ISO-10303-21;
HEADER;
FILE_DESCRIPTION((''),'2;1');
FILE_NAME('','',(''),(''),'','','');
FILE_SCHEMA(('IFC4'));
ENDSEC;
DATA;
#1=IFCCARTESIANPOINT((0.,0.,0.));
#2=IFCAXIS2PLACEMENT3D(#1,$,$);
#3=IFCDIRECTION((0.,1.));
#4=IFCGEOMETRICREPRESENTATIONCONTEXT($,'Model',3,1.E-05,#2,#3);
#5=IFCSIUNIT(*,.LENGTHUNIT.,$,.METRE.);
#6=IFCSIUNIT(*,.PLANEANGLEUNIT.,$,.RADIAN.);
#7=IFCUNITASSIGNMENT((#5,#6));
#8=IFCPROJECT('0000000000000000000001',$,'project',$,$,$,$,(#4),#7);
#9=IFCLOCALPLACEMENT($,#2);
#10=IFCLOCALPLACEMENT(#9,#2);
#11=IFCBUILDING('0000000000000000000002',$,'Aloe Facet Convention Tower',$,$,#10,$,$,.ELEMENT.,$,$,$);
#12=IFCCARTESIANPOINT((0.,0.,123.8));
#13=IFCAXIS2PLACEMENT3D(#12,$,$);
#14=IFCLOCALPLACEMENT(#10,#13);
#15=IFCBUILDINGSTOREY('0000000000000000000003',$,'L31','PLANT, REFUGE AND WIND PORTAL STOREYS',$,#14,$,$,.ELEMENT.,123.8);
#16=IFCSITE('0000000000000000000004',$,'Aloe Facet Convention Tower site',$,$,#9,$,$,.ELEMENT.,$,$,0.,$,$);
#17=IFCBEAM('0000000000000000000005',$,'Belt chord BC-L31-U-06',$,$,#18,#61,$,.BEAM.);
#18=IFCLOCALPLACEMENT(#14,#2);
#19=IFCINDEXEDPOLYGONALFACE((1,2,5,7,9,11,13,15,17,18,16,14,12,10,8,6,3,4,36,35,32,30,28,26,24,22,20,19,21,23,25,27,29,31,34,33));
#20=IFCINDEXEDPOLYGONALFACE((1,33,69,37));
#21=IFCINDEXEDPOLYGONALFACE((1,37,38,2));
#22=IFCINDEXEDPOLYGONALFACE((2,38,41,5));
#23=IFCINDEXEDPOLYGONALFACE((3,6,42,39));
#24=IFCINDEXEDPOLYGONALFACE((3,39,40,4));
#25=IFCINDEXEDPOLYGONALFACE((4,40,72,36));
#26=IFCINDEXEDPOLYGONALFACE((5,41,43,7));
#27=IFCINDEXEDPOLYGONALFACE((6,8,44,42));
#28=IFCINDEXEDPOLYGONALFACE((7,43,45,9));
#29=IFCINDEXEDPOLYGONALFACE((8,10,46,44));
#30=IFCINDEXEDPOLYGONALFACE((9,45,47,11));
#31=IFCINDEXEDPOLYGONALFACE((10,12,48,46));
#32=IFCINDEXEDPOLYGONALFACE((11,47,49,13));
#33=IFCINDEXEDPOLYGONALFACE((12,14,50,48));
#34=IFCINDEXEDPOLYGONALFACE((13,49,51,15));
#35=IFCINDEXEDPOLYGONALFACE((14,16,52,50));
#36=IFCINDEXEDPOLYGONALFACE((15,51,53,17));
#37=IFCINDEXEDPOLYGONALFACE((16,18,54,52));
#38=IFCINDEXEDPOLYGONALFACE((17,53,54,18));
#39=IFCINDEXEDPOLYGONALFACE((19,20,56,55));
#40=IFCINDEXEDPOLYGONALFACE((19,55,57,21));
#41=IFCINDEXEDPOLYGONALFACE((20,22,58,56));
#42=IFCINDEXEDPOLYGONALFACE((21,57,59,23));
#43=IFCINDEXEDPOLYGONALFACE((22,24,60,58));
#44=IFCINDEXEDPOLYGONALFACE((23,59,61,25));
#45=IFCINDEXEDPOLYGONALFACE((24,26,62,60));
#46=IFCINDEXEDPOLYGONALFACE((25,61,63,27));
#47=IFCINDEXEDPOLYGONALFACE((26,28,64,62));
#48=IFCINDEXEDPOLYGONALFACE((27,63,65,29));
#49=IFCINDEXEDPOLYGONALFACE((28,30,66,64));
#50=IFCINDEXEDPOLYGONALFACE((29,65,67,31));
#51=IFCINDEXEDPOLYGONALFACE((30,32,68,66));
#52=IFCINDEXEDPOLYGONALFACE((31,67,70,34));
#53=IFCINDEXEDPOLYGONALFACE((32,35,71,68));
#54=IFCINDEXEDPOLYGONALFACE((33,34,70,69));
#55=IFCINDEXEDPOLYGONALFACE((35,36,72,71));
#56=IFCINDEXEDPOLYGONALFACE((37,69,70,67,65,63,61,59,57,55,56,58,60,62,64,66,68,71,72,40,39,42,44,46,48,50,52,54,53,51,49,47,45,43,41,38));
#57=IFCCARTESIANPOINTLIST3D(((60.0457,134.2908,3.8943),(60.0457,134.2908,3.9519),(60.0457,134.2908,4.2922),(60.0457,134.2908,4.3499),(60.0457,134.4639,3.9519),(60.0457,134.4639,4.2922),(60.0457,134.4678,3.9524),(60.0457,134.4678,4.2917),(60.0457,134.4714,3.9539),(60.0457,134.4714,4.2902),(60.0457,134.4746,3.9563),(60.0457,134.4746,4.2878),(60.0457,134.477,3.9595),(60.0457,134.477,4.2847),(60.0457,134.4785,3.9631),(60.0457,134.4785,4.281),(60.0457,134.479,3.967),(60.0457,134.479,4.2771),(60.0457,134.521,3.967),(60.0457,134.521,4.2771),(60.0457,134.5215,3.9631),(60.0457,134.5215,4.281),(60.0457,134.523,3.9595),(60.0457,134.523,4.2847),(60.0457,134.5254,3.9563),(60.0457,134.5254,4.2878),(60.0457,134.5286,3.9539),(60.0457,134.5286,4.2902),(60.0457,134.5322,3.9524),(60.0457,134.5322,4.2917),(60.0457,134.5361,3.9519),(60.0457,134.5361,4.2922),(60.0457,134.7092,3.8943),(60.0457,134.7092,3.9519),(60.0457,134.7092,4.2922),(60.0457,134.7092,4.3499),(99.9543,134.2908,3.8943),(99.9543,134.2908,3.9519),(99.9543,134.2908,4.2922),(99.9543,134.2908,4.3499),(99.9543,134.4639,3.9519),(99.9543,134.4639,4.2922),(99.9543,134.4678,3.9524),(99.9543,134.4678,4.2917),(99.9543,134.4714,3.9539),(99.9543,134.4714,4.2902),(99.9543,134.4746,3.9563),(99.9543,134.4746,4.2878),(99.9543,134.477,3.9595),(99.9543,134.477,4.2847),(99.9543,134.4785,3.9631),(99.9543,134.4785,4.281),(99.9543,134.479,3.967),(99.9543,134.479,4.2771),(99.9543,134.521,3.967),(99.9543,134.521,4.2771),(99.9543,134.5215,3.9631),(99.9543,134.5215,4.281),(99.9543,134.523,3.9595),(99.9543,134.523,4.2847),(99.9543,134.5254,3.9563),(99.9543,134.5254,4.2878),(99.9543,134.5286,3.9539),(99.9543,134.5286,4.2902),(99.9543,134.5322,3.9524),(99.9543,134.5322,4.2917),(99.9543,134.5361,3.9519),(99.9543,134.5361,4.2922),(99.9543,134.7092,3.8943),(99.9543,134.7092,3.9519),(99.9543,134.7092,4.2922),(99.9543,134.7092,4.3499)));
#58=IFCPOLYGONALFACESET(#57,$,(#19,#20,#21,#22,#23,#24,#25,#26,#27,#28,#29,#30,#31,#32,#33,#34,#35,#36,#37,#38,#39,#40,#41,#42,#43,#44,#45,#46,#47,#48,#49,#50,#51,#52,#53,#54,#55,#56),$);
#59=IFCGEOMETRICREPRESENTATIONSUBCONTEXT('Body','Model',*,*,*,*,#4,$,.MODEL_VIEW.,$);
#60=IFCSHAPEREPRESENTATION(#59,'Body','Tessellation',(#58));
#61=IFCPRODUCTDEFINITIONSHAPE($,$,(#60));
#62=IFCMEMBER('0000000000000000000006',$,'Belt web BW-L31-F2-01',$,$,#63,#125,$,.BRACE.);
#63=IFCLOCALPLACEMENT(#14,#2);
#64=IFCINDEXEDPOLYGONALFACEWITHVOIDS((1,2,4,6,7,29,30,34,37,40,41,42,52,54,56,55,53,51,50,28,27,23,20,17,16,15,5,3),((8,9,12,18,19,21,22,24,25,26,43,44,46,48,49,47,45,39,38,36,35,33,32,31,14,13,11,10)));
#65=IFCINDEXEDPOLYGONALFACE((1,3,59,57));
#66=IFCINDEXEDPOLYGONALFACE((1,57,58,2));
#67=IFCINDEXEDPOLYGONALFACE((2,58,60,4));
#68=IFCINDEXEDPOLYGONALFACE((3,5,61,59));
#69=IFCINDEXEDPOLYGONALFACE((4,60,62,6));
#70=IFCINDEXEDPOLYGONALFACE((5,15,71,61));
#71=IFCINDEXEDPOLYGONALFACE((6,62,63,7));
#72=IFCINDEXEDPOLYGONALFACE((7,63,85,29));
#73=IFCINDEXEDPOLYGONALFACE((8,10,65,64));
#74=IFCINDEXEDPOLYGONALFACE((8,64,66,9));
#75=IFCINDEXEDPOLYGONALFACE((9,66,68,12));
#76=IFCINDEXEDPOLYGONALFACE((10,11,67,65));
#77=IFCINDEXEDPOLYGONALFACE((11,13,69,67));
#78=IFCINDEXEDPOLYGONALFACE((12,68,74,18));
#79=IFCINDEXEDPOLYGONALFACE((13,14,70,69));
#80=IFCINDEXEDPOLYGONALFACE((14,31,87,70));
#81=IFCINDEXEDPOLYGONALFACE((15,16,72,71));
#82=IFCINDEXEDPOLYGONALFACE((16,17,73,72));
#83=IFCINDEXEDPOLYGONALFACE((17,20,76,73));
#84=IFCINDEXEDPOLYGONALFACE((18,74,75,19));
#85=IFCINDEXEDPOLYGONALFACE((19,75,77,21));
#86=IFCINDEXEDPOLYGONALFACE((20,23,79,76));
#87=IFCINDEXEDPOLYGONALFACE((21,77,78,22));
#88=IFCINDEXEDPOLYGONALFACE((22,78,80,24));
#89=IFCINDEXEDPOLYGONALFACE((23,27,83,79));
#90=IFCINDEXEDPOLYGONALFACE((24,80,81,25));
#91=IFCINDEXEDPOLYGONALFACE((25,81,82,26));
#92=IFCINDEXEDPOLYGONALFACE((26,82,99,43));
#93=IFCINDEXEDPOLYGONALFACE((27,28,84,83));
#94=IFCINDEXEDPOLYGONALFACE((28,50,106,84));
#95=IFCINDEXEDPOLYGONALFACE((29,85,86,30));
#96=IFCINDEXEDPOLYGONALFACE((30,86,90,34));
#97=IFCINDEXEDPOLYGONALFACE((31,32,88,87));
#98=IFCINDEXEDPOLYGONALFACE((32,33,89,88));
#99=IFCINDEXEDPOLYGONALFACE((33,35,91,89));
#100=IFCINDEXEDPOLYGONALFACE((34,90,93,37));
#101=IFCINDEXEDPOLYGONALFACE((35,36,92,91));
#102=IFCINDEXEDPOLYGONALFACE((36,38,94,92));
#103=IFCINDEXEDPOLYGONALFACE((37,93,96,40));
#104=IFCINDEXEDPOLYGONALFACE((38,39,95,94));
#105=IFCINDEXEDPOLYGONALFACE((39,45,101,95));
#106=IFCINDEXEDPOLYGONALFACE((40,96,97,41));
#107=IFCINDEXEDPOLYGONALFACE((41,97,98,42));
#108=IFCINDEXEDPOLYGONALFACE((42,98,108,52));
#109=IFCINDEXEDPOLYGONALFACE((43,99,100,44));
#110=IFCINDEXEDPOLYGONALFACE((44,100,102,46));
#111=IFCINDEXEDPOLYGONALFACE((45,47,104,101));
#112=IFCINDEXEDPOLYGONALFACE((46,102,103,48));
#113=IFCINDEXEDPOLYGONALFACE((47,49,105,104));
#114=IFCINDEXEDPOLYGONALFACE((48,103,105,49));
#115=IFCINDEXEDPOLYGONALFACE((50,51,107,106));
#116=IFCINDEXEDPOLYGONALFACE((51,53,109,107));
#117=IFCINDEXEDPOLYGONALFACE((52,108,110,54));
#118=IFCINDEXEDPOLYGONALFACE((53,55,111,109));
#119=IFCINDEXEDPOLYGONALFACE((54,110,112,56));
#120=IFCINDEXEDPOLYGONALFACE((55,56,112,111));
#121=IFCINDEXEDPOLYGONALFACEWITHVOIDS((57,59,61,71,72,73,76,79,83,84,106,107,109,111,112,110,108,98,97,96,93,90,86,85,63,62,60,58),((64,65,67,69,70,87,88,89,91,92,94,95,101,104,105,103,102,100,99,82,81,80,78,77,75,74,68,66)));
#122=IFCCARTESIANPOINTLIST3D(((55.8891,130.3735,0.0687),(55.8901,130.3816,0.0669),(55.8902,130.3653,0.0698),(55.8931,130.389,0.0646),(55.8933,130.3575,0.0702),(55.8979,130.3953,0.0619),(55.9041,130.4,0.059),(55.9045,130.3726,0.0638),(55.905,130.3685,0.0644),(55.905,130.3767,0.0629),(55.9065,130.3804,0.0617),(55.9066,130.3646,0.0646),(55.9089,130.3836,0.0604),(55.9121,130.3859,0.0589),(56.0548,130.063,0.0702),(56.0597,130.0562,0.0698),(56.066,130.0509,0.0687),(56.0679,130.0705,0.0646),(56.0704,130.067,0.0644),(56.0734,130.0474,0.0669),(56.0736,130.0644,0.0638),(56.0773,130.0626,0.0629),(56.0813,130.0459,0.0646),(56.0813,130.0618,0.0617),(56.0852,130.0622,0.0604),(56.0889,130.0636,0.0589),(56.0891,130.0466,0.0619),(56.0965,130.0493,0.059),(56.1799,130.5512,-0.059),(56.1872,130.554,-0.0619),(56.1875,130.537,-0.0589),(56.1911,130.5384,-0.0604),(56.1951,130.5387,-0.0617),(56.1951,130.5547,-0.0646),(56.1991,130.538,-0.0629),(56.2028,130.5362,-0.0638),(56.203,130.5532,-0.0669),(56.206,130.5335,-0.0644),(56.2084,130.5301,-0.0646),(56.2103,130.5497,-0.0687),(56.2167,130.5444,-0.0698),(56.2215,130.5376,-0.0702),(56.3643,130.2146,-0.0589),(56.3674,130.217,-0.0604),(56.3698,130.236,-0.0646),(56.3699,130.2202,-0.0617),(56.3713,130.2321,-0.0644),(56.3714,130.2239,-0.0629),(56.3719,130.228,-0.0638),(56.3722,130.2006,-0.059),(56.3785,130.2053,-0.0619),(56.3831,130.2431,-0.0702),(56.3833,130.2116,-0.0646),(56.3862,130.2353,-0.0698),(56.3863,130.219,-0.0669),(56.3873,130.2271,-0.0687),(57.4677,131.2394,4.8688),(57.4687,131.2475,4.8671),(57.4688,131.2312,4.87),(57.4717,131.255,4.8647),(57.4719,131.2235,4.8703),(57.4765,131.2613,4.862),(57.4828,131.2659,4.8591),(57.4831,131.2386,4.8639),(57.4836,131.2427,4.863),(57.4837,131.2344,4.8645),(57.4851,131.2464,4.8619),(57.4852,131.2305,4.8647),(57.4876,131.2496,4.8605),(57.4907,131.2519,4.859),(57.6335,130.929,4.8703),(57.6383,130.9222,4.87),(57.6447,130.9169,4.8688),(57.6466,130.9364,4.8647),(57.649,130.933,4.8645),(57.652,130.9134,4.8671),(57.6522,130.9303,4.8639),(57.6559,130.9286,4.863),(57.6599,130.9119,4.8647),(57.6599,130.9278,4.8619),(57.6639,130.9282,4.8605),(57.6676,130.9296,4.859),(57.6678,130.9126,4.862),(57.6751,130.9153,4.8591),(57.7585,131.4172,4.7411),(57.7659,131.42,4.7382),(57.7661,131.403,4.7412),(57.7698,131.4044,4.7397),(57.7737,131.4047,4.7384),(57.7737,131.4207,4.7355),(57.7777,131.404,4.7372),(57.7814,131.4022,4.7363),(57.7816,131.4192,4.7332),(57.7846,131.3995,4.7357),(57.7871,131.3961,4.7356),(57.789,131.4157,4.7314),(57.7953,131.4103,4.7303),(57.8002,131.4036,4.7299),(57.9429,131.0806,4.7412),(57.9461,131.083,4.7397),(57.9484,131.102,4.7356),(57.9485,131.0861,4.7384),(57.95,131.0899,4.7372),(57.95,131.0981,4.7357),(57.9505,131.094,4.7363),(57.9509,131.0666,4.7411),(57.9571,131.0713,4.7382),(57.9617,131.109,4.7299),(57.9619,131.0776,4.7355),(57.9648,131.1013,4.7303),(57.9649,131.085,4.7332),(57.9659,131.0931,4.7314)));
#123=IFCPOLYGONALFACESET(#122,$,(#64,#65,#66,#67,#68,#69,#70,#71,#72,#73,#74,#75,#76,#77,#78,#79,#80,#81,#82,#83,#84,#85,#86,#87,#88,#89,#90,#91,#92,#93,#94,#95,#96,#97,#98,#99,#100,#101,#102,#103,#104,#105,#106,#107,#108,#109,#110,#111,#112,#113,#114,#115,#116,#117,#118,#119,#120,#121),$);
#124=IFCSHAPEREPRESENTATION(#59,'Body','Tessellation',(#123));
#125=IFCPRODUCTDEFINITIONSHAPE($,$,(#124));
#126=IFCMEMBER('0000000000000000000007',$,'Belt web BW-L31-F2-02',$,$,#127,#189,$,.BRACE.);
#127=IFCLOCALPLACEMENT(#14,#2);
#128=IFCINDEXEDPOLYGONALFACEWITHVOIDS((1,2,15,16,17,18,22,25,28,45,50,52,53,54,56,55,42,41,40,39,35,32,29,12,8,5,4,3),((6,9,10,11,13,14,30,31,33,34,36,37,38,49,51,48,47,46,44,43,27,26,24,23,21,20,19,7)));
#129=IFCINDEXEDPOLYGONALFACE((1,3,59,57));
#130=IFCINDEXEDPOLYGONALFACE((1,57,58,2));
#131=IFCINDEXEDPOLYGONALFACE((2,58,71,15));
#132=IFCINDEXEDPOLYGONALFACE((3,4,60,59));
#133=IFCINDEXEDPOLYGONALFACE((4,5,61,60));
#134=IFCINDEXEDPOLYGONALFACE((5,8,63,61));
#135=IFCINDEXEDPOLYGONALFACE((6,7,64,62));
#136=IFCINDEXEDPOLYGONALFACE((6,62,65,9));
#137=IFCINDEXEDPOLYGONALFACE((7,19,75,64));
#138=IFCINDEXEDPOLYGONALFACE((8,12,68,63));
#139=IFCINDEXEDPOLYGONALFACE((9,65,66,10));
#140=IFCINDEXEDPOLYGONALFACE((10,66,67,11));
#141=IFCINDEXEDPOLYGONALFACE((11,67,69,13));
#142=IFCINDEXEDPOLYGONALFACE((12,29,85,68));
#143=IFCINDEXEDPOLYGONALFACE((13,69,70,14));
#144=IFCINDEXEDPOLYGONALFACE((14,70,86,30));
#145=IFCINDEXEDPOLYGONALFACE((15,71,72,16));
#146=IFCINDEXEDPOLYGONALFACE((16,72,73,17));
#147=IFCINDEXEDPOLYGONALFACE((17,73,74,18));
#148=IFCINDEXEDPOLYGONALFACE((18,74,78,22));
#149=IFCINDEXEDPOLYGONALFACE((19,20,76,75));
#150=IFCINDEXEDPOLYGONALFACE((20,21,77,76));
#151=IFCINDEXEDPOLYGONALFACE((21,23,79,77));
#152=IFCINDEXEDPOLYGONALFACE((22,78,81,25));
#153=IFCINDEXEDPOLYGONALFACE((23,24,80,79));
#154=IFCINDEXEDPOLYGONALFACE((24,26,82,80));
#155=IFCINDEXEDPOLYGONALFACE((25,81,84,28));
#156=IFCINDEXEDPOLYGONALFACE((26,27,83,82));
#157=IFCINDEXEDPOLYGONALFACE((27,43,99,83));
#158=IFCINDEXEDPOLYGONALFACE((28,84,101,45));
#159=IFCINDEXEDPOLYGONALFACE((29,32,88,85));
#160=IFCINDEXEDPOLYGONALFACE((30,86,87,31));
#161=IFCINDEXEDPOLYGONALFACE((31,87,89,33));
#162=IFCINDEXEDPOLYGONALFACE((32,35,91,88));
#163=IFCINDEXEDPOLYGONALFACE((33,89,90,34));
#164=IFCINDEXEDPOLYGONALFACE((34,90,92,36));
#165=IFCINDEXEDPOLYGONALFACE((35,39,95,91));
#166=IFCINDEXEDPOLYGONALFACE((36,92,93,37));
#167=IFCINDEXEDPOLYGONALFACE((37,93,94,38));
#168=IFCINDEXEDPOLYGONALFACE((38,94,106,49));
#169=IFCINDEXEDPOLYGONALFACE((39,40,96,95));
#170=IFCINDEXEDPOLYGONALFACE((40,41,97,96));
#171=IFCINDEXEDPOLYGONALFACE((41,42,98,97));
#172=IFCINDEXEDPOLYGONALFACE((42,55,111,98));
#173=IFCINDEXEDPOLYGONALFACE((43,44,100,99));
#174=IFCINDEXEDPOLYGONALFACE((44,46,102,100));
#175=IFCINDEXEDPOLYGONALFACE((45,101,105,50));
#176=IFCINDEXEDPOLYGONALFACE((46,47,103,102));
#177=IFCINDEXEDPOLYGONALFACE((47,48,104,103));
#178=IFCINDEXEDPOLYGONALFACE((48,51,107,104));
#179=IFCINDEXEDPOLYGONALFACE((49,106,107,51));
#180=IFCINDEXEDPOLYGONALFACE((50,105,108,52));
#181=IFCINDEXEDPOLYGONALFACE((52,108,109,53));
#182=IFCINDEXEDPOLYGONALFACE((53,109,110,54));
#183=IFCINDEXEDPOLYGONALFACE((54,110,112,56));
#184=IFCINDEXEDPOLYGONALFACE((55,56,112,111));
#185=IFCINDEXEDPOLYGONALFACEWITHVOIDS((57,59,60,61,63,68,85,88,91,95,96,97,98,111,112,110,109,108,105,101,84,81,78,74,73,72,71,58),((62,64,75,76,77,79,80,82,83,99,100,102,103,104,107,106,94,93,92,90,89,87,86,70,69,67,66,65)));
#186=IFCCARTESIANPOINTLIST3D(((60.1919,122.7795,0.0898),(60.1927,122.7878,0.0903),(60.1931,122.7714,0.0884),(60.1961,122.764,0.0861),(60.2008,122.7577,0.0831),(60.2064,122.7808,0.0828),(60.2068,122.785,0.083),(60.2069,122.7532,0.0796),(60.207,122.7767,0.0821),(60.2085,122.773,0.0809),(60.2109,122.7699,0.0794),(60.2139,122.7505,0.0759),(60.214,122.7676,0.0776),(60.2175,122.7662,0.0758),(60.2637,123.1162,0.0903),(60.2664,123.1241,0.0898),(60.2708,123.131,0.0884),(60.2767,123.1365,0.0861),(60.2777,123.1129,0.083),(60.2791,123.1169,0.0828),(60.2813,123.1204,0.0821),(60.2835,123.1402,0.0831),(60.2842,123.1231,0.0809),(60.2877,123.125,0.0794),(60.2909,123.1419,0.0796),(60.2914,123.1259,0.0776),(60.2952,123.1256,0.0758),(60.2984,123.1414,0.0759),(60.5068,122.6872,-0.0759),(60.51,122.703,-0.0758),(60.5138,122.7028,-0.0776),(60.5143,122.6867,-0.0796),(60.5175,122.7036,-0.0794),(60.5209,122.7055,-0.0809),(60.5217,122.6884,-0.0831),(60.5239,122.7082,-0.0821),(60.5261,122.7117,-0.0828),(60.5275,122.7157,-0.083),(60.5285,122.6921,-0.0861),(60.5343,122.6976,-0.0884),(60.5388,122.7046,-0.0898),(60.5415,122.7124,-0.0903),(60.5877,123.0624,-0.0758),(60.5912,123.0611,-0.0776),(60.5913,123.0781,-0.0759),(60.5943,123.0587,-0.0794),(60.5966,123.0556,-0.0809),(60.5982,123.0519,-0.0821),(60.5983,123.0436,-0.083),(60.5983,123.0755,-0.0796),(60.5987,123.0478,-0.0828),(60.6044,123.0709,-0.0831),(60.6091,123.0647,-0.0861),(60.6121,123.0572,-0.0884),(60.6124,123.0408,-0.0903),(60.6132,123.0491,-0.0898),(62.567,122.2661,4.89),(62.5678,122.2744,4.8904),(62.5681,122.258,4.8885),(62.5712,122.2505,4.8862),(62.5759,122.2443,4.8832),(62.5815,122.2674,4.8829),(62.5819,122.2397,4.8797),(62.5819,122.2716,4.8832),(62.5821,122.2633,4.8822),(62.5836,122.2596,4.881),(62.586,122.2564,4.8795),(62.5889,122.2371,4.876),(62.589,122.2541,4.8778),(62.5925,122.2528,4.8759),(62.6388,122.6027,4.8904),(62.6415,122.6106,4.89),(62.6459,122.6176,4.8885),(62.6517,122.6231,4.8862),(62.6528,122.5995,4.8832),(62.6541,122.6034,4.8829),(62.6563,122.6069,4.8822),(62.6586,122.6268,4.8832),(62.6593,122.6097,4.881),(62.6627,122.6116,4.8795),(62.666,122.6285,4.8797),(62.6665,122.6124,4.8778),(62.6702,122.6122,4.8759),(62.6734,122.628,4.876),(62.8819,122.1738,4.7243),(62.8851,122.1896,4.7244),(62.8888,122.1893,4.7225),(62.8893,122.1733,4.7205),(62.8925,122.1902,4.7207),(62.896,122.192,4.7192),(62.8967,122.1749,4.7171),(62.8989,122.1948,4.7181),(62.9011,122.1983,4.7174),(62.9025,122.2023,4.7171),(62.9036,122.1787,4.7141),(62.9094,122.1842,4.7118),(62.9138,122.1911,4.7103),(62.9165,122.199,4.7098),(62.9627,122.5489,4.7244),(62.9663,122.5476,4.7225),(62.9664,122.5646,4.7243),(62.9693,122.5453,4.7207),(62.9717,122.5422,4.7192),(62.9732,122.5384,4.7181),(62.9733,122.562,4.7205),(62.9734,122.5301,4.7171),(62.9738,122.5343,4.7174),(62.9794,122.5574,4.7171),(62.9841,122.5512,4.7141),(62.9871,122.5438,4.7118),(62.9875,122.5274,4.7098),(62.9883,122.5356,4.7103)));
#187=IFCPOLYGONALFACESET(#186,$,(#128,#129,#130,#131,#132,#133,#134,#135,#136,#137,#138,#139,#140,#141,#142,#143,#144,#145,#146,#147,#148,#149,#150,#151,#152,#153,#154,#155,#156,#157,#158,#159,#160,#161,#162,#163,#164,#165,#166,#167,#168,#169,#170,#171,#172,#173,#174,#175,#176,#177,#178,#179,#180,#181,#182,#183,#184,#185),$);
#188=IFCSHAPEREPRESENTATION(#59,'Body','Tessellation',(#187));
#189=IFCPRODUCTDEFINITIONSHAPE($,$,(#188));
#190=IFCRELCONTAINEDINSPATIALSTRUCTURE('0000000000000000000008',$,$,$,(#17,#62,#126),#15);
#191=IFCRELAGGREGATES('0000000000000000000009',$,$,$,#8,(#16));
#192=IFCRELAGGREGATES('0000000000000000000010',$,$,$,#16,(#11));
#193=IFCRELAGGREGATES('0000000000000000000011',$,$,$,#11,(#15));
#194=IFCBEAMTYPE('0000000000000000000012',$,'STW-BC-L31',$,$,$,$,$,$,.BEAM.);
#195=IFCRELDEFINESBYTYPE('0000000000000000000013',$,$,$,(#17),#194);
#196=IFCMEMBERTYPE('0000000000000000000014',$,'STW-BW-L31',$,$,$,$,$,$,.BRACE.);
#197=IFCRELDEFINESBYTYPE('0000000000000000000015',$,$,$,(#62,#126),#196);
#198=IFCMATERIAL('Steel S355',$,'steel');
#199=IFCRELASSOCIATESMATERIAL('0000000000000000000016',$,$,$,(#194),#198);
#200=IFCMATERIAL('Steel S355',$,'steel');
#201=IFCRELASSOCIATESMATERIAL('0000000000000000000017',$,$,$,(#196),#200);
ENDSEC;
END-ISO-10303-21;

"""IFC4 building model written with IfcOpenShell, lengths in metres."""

from ifc_helpers import new_model, si_unit, direction, frame, origin, origin_2d, place, context, subcontext, project, spatial, hollow_rectangle, i_section, extrude, material, material_profile, profile_set, type_object, element, save


model = new_model("IFC4")

# Units and contexts
model_context = context("Model", 3, precision=1e-05, world=origin(), true_north=direction((0.0, 1.0)))
body_context = subcontext(model_context, "Body", "Model", "MODEL_VIEW")
ifc_project = project(units=[si_unit("LENGTHUNIT", "METRE"), si_unit("PLANEANGLEUNIT", "RADIAN")], contexts=[model_context])

# Site, building, storey
site_placement = place(None, origin())
site = spatial("IfcSite", under=ifc_project, at=site_placement, Name="Aloe Facet Convention Tower site", CompositionType="ELEMENT", RefElevation=0.0)
building_placement = place(site_placement, origin())
building = spatial("IfcBuilding", under=site, at=building_placement, Name="Aloe Facet Convention Tower", CompositionType="ELEMENT")
storey_placement = place(building_placement, frame((0.0, 0.0, 123.8)))
storey = spatial("IfcBuildingStorey", under=building, at=storey_placement, Name="L31", Description="PLANT, REFUGE AND WIND PORTAL STOREYS", CompositionType="ELEMENT", Elevation=123.8)

# Beam
ifc_material_1 = material(Name="Steel S355", Category="steel")
ifc_material_profile_1 = material_profile(ifc_material_1, i_section(OverallWidth=0.4185, OverallDepth=0.4556, WebThickness=0.042, FlangeThickness=0.0576, FilletRadius=0.0151, at=origin_2d()), Name="UC 356x406x551")
ifc_profile_set_1 = profile_set([ifc_material_profile_1], Name="Steel S355")
beam_type_1 = type_object("IfcBeamType", Name="STW-BC-L31", PredefinedType="BEAM", material=ifc_profile_set_1)
beam_1_placement = place(storey_placement, frame((60.0457, 134.5, 4.1221), z_axis=(1.0, 0.0, 0.0), x_axis=(0.0, 1.0, 0.0)))
element("IfcBeam", 1, at=beam_1_placement, inside=storey, type_object=beam_type_1, Name="Belt chord BC-L31-U-06", PredefinedType="BEAM", context=body_context, shape_type="SweptSolid", body=[
    extrude(i_section(OverallWidth=0.4185, OverallDepth=0.4556, WebThickness=0.042, FlangeThickness=0.0576, FilletRadius=0.0151, at=origin_2d()), origin(), (0.0, 0.0, 1.0), 39.9087),
])

# Members
ifc_material_2 = material(Name="Steel S355", Category="steel")
ifc_material_profile_2 = material_profile(ifc_material_2, hollow_rectangle(XDim=0.3999, YDim=0.3999, WallThickness=0.0161, InnerFilletRadius=0.0161, OuterFilletRadius=0.032, at=origin_2d()), Name="SHS 400x400x16")
ifc_profile_set_2 = profile_set([ifc_material_profile_2], Name="Steel S355")
member_type_1 = type_object("IfcMemberType", Name="STW-BW-L31", PredefinedType="BRACE", material=ifc_profile_set_2)
member_1_placement = place(storey_placement, frame((56.1382, 130.3003, 0.0), z_axis=(0.307924, 0.168915, 0.936296), x_axis=(-0.48095, 0.876748, 0.0)))
element("IfcMember", 2, at=member_1_placement, inside=storey, type_object=member_type_1, Name="Belt web BW-L31-F2-01", PredefinedType="BRACE", context=body_context, shape_type="SweptSolid", body=[
    extrude(hollow_rectangle(XDim=0.3999, YDim=0.3999, WallThickness=0.0161, InnerFilletRadius=0.0161, OuterFilletRadius=0.032, at=origin_2d()), origin(), (0.0, 0.0, 1.0), 5.1267),
])
member_2_placement = place(storey_placement, frame((60.4026, 122.9143, 0.0), z_axis=(0.441448, -0.095432, 0.892198), x_axis=(0.211299, 0.977421, 0.0)))
element("IfcMember", 3, at=member_2_placement, inside=storey, type_object=member_type_1, Name="Belt web BW-L31-F2-02", PredefinedType="BRACE", context=body_context, shape_type="SweptSolid", body=[
    extrude(hollow_rectangle(XDim=0.3999, YDim=0.3999, WallThickness=0.0161, InnerFilletRadius=0.0161, OuterFilletRadius=0.032, at=origin_2d()), origin(), (0.0, 0.0, 1.0), 5.3801),
])

save(model, "model.ifc")
